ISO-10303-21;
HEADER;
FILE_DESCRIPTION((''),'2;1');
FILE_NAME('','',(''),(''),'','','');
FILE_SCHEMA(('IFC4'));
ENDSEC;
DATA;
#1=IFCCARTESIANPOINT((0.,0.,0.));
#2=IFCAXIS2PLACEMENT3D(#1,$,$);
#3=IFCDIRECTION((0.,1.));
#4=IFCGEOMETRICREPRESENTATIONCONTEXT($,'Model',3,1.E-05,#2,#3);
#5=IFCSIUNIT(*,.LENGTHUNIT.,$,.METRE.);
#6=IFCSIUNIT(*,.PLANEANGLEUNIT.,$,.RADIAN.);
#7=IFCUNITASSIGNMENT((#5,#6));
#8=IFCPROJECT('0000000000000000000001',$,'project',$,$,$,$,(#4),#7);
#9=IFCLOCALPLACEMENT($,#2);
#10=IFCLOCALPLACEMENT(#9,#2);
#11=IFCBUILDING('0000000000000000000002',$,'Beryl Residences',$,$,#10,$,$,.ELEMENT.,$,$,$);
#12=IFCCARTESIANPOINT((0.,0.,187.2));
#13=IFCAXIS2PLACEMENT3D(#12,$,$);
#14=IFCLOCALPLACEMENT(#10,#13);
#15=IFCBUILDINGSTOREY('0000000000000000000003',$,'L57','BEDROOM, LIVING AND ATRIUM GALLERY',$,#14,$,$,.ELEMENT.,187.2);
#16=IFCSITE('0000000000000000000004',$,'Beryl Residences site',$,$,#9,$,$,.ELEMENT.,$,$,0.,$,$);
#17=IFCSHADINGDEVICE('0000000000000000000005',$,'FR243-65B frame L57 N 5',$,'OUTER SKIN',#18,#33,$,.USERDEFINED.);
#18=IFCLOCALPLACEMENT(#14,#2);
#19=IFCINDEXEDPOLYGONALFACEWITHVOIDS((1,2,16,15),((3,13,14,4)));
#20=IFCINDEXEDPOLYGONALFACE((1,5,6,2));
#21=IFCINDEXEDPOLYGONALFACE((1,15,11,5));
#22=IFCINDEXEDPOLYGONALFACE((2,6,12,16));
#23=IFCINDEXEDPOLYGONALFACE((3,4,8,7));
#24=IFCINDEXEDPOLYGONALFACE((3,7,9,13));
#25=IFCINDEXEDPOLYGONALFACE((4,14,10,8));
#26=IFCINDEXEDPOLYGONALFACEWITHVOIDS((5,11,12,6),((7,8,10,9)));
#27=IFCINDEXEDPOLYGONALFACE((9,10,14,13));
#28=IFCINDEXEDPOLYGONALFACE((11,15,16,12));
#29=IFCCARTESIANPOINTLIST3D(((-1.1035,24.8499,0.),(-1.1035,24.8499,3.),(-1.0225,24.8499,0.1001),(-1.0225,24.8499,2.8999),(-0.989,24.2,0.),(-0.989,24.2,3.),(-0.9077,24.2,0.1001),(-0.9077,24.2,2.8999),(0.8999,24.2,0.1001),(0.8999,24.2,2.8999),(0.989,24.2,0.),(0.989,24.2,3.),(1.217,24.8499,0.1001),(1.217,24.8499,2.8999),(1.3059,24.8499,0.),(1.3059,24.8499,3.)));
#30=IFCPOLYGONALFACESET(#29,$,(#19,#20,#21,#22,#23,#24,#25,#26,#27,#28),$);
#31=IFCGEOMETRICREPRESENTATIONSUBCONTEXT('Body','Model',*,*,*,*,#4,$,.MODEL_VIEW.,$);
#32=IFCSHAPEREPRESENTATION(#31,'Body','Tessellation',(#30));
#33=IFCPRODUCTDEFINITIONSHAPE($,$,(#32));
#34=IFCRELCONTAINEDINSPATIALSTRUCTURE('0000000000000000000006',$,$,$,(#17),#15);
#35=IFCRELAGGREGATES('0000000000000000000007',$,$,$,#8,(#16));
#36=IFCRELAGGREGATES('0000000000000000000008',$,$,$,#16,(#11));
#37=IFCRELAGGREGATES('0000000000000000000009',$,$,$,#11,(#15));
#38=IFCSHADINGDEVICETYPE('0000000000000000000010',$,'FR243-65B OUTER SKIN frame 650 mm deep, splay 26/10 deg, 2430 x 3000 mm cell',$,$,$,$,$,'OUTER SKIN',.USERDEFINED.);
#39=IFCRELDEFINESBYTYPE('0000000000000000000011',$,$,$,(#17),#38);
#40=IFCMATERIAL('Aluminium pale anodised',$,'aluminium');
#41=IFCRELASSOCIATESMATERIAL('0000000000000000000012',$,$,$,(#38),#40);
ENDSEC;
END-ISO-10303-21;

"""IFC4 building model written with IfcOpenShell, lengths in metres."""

from ifc_helpers import new_model, entity, si_unit, direction, frame, origin, place, context, subcontext, project, spatial, source, transform, mapped, material, type_object, type_shapes, element, save


model = new_model("IFC4")

# Units and contexts
model_context = context("Model", 3, precision=1e-05, world=origin(), true_north=direction((0.0, 1.0)))
body_context = subcontext(model_context, "Body", "Model", "MODEL_VIEW")
ifc_project = project(units=[si_unit("LENGTHUNIT", "METRE"), si_unit("PLANEANGLEUNIT", "RADIAN")], contexts=[model_context])

# Site, building, storey
site_placement = place(None, origin())
site = spatial("IfcSite", under=ifc_project, at=site_placement, Name="Beryl Residences site", CompositionType="ELEMENT", RefElevation=0.0)
building_placement = place(site_placement, origin())
building = spatial("IfcBuilding", under=site, at=building_placement, Name="Beryl Residences", CompositionType="ELEMENT")
storey_placement = place(building_placement, frame((0.0, 0.0, 187.2)))
storey = spatial("IfcBuildingStorey", under=building, at=storey_placement, Name="L57", Description="BEDROOM, LIVING AND ATRIUM GALLERY", CompositionType="ELEMENT", Elevation=187.2)

# Shading device
ifc_material_1 = material(Name="Aluminium pale anodised", Category="aluminium")
shading_device_type_1 = type_object("IfcShadingDeviceType", Name="FR243-65B OUTER SKIN frame 650 mm deep, splay 26/10 deg, 2430 x 3000 mm cell", ElementType="OUTER SKIN", PredefinedType="USERDEFINED", material=ifc_material_1)
cartesian_point_1 = entity("IfcCartesianPoint", [-0.989, 0.0])
cartesian_point_2 = entity("IfcCartesianPoint", [-0.8999, 0.1001])
cartesian_point_3 = entity("IfcCartesianPoint", [-1.3059, 0.0])
cartesian_point_4 = entity("IfcCartesianPoint", [-1.217, 0.1001])
shared_shape_1 = source(origin(), body_context, "Body", "SweptSolid", [
    entity("IfcExtrudedAreaSolidTapered", entity("IfcArbitraryProfileDefWithVoids", "AREA", None, entity("IfcPolyline", [cartesian_point_1, entity("IfcCartesianPoint", [0.989, 0.0]), entity("IfcCartesianPoint", [0.989, 3.0]), entity("IfcCartesianPoint", [-0.989, 3.0]), cartesian_point_1]), [entity("IfcPolyline", [cartesian_point_2, entity("IfcCartesianPoint", [0.9077, 0.1001]), entity("IfcCartesianPoint", [0.9077, 2.8999]), entity("IfcCartesianPoint", [-0.8999, 2.8999]), cartesian_point_2])]), entity("IfcAxis2Placement3D", entity("IfcCartesianPoint", [0.0, 0.0, 0.0]), entity("IfcDirection", [0.0, 1.0, 0.0]), entity("IfcDirection", [-1.0, 0.0, 0.0])), entity("IfcDirection", [0.0, 0.0, 1.0]), 0.6499, entity("IfcArbitraryProfileDefWithVoids", "AREA", None, entity("IfcPolyline", [cartesian_point_3, entity("IfcCartesianPoint", [1.1035, 0.0]), entity("IfcCartesianPoint", [1.1035, 3.0]), entity("IfcCartesianPoint", [-1.3059, 3.0]), cartesian_point_3]), [entity("IfcPolyline", [cartesian_point_4, entity("IfcCartesianPoint", [1.0225, 0.1001]), entity("IfcCartesianPoint", [1.0225, 2.8999]), entity("IfcCartesianPoint", [-1.217, 2.8999]), cartesian_point_4])])),
])
type_shapes(shading_device_type_1, [shared_shape_1])
for number, where, z_axis, x_axis, name in (
    (1, (0.0, 24.2, 0.0), (0.0, 0.0, 1.0), (1.0, 0.0, 0.0), "FR243-65B frame L57 N 5"),
):
    element("IfcShadingDevice", number, at=place(storey_placement, frame(where, z_axis=z_axis, x_axis=x_axis)), inside=storey, type_object=shading_device_type_1, Name=name, ObjectType="OUTER SKIN", PredefinedType="USERDEFINED", context=body_context, shape_type="MappedRepresentation", body=[
        mapped(shared_shape_1, transform((0.0, 0.0, 0.0))),
    ])

save(model, "model.ifc")
